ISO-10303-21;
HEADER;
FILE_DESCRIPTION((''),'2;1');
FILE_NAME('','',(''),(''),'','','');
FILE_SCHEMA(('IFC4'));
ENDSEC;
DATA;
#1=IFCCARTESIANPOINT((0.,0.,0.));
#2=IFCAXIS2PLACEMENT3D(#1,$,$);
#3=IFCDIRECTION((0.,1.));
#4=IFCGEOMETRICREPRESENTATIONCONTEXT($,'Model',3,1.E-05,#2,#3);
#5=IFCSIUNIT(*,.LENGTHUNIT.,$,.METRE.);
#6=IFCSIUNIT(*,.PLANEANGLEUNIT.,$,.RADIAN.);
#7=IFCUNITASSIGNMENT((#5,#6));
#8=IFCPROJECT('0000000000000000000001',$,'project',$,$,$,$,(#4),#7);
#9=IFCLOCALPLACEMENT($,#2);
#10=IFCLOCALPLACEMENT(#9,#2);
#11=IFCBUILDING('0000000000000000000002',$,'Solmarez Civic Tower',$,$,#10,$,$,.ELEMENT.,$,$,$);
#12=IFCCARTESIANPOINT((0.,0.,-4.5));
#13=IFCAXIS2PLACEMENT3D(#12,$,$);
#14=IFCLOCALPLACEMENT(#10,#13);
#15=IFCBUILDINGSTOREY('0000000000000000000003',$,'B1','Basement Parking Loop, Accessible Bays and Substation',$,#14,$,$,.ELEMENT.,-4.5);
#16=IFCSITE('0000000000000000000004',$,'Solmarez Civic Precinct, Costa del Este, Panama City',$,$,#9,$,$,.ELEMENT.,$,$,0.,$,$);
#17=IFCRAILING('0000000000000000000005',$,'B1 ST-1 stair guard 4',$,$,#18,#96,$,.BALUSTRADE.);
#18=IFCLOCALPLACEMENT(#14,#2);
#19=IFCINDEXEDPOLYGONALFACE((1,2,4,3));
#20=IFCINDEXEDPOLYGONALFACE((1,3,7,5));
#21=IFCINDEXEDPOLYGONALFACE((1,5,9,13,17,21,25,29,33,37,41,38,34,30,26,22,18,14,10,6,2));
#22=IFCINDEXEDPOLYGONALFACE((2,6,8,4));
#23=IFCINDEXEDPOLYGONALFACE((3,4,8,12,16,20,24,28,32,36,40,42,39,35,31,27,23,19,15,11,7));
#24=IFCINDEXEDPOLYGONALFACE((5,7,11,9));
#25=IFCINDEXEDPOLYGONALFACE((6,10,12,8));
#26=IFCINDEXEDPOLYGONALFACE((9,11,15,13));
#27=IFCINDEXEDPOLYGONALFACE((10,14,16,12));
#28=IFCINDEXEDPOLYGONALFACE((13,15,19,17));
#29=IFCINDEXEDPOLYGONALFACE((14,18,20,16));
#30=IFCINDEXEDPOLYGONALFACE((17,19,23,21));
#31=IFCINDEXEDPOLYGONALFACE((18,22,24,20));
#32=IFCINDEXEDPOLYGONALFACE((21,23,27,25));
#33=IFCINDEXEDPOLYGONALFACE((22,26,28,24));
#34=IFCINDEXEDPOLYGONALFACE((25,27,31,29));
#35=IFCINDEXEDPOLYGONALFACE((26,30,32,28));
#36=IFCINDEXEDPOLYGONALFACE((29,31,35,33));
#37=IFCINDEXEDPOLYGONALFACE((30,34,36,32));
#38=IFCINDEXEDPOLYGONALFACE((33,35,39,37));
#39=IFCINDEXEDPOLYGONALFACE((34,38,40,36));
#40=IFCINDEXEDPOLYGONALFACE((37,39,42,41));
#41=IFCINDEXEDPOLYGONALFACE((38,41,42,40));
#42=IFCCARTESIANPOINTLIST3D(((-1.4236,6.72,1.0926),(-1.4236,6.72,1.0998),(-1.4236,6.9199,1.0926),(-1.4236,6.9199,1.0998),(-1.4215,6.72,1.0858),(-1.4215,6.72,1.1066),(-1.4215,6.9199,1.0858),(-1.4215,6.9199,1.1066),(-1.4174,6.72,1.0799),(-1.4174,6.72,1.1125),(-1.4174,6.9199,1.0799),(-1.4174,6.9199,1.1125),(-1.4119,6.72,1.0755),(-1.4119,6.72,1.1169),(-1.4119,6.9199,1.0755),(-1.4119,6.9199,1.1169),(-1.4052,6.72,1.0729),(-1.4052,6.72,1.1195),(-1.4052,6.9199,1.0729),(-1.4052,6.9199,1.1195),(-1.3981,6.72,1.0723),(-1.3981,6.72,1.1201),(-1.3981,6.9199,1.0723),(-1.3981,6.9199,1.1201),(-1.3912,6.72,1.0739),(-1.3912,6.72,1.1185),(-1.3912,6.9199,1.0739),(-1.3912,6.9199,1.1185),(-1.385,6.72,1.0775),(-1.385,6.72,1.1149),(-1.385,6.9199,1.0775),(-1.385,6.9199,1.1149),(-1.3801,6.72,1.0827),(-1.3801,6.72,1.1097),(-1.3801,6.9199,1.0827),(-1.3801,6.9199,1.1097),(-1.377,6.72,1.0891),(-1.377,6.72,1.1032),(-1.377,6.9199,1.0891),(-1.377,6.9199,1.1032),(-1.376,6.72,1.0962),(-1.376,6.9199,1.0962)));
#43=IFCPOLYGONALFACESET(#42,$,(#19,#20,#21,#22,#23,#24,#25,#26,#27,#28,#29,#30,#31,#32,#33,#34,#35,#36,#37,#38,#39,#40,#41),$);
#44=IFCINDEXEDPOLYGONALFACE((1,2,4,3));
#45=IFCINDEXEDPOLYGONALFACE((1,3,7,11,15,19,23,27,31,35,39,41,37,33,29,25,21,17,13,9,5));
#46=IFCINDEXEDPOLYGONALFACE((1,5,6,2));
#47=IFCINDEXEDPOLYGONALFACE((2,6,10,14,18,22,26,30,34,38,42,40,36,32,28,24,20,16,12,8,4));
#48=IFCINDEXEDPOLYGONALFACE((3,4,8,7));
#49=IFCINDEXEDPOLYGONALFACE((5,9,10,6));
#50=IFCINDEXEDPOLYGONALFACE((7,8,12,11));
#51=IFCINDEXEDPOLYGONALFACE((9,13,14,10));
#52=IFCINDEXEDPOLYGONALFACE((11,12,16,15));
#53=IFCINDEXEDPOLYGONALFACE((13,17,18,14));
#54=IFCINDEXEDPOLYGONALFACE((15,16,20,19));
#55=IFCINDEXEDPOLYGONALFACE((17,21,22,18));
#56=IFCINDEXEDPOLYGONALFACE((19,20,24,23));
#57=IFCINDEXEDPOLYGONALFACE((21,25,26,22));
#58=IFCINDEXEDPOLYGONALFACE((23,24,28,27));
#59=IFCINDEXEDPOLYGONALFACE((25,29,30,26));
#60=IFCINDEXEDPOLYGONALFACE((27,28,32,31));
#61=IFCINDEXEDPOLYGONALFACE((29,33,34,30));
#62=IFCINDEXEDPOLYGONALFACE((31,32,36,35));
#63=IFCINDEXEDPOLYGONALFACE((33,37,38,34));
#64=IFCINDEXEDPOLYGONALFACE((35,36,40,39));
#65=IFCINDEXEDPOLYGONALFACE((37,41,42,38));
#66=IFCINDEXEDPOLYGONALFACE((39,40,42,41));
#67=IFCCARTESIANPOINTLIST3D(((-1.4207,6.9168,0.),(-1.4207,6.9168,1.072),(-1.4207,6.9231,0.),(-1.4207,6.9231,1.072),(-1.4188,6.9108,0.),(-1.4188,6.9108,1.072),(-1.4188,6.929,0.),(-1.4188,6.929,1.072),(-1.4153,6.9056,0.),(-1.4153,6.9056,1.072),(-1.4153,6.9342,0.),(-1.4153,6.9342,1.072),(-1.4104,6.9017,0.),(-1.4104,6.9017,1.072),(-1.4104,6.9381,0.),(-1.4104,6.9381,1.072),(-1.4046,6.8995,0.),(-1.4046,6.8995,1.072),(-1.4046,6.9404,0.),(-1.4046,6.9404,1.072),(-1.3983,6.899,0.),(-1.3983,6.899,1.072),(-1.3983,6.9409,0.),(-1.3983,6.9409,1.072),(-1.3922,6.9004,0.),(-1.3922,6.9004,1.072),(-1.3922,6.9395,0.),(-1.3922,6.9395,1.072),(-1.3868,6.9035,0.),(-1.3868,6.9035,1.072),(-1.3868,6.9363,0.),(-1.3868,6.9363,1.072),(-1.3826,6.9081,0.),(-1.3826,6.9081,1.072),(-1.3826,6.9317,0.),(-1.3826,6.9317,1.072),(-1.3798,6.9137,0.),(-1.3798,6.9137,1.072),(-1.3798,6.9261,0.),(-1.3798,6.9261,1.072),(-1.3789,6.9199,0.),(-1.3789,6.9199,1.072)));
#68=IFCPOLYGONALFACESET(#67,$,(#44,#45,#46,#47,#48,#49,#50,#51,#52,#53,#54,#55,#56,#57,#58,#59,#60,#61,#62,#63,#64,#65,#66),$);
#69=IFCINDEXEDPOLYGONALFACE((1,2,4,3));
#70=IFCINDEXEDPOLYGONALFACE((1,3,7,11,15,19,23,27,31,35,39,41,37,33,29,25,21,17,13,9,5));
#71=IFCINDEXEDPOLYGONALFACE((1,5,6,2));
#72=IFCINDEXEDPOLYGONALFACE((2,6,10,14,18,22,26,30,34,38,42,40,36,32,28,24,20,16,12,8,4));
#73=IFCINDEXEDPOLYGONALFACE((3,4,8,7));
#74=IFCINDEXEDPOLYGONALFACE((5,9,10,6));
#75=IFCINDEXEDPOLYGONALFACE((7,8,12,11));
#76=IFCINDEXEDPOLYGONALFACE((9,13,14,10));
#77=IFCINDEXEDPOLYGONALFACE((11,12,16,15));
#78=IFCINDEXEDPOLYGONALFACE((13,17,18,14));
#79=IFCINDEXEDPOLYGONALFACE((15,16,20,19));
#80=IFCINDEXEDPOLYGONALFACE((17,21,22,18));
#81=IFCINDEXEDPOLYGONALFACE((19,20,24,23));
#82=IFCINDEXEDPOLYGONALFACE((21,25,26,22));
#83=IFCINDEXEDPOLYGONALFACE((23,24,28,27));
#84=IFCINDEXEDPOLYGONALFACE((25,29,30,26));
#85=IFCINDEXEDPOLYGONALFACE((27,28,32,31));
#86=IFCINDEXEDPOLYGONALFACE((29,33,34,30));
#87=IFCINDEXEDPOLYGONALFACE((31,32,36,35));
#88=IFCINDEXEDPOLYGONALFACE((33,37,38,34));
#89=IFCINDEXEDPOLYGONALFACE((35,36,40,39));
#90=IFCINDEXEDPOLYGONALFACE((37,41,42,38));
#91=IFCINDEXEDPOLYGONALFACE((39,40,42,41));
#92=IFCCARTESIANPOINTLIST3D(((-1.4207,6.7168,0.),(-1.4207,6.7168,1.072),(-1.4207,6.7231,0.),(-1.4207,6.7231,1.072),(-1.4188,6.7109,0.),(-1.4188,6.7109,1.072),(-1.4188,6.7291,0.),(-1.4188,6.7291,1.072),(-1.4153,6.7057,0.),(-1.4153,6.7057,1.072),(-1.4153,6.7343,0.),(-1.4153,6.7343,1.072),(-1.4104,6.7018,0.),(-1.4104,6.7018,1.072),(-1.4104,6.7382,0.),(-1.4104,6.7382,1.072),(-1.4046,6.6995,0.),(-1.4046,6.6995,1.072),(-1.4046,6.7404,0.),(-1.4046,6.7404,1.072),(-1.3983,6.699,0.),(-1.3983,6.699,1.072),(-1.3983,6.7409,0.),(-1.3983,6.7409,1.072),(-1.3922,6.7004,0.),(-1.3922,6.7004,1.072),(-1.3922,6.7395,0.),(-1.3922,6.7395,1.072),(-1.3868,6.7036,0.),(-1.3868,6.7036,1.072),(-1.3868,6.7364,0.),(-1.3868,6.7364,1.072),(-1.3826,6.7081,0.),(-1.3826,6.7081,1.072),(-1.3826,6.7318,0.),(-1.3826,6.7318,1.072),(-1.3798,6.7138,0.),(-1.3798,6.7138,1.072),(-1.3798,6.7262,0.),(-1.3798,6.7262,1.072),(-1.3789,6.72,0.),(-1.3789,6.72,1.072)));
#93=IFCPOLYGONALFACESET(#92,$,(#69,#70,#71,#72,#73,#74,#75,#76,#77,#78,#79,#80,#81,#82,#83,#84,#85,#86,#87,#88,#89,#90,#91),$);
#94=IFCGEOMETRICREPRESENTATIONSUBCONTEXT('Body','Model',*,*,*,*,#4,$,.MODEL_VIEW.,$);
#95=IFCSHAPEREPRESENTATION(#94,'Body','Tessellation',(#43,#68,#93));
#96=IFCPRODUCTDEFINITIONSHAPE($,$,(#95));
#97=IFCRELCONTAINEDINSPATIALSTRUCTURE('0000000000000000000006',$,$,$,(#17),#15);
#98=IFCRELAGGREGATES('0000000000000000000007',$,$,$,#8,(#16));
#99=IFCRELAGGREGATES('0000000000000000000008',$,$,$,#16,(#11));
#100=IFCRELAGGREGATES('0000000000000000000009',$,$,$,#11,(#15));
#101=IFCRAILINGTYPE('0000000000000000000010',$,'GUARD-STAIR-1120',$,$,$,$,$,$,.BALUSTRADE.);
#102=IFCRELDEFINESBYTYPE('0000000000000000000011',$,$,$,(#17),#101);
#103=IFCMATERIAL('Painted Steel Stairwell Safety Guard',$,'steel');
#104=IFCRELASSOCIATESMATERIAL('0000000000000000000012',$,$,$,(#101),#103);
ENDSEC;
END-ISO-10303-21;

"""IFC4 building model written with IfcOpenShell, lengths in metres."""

from ifc_helpers import new_model, si_unit, direction, frame, origin, origin_2d, place, context, subcontext, project, spatial, circle, extrude, material, type_object, element, save


model = new_model("IFC4")

# Units and contexts
model_context = context("Model", 3, precision=1e-05, world=origin(), true_north=direction((0.0, 1.0)))
body_context = subcontext(model_context, "Body", "Model", "MODEL_VIEW")
ifc_project = project(units=[si_unit("LENGTHUNIT", "METRE"), si_unit("PLANEANGLEUNIT", "RADIAN")], contexts=[model_context])

# Site, building, storey
site_placement = place(None, origin())
site = spatial("IfcSite", under=ifc_project, at=site_placement, Name="Solmarez Civic Precinct, Costa del Este, Panama City", CompositionType="ELEMENT", RefElevation=0.0)
building_placement = place(site_placement, origin())
building = spatial("IfcBuilding", under=site, at=building_placement, Name="Solmarez Civic Tower", CompositionType="ELEMENT")
storey_placement = place(building_placement, frame((0.0, 0.0, -4.5)))
storey = spatial("IfcBuildingStorey", under=building, at=storey_placement, Name="B1", Description="Basement Parking Loop, Accessible Bays and Substation", CompositionType="ELEMENT", Elevation=-4.5)

# Railing
ifc_material_1 = material(Name="Painted Steel Stairwell Safety Guard", Category="steel")
railing_type_1 = type_object("IfcRailingType", Name="GUARD-STAIR-1120", PredefinedType="BALUSTRADE", material=ifc_material_1)
railing_1_placement = place(storey_placement, frame((-1.3999, 6.9199, 0.0)))
element("IfcRailing", 1, at=railing_1_placement, inside=storey, type_object=railing_type_1, Name="B1 ST-1 stair guard 4", PredefinedType="BALUSTRADE", context=body_context, shape_type="SweptSolid", body=[
    extrude(circle(Radius=0.0239, at=origin_2d()), frame((0.0, 0.0, 1.0962), z_axis=(0.0, -1.0, 0.0), x_axis=(1.0, 0.0, 0.0)), (0.0, 0.0, 1.0), 0.2),
    extrude(circle(Radius=0.021, at=origin_2d()), origin(), (0.0, 0.0, 1.0), 1.072),
    extrude(circle(Radius=0.021, at=origin_2d()), frame((0.0, -0.2, 0.0)), (0.0, 0.0, 1.0), 1.072),
])

save(model, "model.ifc")
